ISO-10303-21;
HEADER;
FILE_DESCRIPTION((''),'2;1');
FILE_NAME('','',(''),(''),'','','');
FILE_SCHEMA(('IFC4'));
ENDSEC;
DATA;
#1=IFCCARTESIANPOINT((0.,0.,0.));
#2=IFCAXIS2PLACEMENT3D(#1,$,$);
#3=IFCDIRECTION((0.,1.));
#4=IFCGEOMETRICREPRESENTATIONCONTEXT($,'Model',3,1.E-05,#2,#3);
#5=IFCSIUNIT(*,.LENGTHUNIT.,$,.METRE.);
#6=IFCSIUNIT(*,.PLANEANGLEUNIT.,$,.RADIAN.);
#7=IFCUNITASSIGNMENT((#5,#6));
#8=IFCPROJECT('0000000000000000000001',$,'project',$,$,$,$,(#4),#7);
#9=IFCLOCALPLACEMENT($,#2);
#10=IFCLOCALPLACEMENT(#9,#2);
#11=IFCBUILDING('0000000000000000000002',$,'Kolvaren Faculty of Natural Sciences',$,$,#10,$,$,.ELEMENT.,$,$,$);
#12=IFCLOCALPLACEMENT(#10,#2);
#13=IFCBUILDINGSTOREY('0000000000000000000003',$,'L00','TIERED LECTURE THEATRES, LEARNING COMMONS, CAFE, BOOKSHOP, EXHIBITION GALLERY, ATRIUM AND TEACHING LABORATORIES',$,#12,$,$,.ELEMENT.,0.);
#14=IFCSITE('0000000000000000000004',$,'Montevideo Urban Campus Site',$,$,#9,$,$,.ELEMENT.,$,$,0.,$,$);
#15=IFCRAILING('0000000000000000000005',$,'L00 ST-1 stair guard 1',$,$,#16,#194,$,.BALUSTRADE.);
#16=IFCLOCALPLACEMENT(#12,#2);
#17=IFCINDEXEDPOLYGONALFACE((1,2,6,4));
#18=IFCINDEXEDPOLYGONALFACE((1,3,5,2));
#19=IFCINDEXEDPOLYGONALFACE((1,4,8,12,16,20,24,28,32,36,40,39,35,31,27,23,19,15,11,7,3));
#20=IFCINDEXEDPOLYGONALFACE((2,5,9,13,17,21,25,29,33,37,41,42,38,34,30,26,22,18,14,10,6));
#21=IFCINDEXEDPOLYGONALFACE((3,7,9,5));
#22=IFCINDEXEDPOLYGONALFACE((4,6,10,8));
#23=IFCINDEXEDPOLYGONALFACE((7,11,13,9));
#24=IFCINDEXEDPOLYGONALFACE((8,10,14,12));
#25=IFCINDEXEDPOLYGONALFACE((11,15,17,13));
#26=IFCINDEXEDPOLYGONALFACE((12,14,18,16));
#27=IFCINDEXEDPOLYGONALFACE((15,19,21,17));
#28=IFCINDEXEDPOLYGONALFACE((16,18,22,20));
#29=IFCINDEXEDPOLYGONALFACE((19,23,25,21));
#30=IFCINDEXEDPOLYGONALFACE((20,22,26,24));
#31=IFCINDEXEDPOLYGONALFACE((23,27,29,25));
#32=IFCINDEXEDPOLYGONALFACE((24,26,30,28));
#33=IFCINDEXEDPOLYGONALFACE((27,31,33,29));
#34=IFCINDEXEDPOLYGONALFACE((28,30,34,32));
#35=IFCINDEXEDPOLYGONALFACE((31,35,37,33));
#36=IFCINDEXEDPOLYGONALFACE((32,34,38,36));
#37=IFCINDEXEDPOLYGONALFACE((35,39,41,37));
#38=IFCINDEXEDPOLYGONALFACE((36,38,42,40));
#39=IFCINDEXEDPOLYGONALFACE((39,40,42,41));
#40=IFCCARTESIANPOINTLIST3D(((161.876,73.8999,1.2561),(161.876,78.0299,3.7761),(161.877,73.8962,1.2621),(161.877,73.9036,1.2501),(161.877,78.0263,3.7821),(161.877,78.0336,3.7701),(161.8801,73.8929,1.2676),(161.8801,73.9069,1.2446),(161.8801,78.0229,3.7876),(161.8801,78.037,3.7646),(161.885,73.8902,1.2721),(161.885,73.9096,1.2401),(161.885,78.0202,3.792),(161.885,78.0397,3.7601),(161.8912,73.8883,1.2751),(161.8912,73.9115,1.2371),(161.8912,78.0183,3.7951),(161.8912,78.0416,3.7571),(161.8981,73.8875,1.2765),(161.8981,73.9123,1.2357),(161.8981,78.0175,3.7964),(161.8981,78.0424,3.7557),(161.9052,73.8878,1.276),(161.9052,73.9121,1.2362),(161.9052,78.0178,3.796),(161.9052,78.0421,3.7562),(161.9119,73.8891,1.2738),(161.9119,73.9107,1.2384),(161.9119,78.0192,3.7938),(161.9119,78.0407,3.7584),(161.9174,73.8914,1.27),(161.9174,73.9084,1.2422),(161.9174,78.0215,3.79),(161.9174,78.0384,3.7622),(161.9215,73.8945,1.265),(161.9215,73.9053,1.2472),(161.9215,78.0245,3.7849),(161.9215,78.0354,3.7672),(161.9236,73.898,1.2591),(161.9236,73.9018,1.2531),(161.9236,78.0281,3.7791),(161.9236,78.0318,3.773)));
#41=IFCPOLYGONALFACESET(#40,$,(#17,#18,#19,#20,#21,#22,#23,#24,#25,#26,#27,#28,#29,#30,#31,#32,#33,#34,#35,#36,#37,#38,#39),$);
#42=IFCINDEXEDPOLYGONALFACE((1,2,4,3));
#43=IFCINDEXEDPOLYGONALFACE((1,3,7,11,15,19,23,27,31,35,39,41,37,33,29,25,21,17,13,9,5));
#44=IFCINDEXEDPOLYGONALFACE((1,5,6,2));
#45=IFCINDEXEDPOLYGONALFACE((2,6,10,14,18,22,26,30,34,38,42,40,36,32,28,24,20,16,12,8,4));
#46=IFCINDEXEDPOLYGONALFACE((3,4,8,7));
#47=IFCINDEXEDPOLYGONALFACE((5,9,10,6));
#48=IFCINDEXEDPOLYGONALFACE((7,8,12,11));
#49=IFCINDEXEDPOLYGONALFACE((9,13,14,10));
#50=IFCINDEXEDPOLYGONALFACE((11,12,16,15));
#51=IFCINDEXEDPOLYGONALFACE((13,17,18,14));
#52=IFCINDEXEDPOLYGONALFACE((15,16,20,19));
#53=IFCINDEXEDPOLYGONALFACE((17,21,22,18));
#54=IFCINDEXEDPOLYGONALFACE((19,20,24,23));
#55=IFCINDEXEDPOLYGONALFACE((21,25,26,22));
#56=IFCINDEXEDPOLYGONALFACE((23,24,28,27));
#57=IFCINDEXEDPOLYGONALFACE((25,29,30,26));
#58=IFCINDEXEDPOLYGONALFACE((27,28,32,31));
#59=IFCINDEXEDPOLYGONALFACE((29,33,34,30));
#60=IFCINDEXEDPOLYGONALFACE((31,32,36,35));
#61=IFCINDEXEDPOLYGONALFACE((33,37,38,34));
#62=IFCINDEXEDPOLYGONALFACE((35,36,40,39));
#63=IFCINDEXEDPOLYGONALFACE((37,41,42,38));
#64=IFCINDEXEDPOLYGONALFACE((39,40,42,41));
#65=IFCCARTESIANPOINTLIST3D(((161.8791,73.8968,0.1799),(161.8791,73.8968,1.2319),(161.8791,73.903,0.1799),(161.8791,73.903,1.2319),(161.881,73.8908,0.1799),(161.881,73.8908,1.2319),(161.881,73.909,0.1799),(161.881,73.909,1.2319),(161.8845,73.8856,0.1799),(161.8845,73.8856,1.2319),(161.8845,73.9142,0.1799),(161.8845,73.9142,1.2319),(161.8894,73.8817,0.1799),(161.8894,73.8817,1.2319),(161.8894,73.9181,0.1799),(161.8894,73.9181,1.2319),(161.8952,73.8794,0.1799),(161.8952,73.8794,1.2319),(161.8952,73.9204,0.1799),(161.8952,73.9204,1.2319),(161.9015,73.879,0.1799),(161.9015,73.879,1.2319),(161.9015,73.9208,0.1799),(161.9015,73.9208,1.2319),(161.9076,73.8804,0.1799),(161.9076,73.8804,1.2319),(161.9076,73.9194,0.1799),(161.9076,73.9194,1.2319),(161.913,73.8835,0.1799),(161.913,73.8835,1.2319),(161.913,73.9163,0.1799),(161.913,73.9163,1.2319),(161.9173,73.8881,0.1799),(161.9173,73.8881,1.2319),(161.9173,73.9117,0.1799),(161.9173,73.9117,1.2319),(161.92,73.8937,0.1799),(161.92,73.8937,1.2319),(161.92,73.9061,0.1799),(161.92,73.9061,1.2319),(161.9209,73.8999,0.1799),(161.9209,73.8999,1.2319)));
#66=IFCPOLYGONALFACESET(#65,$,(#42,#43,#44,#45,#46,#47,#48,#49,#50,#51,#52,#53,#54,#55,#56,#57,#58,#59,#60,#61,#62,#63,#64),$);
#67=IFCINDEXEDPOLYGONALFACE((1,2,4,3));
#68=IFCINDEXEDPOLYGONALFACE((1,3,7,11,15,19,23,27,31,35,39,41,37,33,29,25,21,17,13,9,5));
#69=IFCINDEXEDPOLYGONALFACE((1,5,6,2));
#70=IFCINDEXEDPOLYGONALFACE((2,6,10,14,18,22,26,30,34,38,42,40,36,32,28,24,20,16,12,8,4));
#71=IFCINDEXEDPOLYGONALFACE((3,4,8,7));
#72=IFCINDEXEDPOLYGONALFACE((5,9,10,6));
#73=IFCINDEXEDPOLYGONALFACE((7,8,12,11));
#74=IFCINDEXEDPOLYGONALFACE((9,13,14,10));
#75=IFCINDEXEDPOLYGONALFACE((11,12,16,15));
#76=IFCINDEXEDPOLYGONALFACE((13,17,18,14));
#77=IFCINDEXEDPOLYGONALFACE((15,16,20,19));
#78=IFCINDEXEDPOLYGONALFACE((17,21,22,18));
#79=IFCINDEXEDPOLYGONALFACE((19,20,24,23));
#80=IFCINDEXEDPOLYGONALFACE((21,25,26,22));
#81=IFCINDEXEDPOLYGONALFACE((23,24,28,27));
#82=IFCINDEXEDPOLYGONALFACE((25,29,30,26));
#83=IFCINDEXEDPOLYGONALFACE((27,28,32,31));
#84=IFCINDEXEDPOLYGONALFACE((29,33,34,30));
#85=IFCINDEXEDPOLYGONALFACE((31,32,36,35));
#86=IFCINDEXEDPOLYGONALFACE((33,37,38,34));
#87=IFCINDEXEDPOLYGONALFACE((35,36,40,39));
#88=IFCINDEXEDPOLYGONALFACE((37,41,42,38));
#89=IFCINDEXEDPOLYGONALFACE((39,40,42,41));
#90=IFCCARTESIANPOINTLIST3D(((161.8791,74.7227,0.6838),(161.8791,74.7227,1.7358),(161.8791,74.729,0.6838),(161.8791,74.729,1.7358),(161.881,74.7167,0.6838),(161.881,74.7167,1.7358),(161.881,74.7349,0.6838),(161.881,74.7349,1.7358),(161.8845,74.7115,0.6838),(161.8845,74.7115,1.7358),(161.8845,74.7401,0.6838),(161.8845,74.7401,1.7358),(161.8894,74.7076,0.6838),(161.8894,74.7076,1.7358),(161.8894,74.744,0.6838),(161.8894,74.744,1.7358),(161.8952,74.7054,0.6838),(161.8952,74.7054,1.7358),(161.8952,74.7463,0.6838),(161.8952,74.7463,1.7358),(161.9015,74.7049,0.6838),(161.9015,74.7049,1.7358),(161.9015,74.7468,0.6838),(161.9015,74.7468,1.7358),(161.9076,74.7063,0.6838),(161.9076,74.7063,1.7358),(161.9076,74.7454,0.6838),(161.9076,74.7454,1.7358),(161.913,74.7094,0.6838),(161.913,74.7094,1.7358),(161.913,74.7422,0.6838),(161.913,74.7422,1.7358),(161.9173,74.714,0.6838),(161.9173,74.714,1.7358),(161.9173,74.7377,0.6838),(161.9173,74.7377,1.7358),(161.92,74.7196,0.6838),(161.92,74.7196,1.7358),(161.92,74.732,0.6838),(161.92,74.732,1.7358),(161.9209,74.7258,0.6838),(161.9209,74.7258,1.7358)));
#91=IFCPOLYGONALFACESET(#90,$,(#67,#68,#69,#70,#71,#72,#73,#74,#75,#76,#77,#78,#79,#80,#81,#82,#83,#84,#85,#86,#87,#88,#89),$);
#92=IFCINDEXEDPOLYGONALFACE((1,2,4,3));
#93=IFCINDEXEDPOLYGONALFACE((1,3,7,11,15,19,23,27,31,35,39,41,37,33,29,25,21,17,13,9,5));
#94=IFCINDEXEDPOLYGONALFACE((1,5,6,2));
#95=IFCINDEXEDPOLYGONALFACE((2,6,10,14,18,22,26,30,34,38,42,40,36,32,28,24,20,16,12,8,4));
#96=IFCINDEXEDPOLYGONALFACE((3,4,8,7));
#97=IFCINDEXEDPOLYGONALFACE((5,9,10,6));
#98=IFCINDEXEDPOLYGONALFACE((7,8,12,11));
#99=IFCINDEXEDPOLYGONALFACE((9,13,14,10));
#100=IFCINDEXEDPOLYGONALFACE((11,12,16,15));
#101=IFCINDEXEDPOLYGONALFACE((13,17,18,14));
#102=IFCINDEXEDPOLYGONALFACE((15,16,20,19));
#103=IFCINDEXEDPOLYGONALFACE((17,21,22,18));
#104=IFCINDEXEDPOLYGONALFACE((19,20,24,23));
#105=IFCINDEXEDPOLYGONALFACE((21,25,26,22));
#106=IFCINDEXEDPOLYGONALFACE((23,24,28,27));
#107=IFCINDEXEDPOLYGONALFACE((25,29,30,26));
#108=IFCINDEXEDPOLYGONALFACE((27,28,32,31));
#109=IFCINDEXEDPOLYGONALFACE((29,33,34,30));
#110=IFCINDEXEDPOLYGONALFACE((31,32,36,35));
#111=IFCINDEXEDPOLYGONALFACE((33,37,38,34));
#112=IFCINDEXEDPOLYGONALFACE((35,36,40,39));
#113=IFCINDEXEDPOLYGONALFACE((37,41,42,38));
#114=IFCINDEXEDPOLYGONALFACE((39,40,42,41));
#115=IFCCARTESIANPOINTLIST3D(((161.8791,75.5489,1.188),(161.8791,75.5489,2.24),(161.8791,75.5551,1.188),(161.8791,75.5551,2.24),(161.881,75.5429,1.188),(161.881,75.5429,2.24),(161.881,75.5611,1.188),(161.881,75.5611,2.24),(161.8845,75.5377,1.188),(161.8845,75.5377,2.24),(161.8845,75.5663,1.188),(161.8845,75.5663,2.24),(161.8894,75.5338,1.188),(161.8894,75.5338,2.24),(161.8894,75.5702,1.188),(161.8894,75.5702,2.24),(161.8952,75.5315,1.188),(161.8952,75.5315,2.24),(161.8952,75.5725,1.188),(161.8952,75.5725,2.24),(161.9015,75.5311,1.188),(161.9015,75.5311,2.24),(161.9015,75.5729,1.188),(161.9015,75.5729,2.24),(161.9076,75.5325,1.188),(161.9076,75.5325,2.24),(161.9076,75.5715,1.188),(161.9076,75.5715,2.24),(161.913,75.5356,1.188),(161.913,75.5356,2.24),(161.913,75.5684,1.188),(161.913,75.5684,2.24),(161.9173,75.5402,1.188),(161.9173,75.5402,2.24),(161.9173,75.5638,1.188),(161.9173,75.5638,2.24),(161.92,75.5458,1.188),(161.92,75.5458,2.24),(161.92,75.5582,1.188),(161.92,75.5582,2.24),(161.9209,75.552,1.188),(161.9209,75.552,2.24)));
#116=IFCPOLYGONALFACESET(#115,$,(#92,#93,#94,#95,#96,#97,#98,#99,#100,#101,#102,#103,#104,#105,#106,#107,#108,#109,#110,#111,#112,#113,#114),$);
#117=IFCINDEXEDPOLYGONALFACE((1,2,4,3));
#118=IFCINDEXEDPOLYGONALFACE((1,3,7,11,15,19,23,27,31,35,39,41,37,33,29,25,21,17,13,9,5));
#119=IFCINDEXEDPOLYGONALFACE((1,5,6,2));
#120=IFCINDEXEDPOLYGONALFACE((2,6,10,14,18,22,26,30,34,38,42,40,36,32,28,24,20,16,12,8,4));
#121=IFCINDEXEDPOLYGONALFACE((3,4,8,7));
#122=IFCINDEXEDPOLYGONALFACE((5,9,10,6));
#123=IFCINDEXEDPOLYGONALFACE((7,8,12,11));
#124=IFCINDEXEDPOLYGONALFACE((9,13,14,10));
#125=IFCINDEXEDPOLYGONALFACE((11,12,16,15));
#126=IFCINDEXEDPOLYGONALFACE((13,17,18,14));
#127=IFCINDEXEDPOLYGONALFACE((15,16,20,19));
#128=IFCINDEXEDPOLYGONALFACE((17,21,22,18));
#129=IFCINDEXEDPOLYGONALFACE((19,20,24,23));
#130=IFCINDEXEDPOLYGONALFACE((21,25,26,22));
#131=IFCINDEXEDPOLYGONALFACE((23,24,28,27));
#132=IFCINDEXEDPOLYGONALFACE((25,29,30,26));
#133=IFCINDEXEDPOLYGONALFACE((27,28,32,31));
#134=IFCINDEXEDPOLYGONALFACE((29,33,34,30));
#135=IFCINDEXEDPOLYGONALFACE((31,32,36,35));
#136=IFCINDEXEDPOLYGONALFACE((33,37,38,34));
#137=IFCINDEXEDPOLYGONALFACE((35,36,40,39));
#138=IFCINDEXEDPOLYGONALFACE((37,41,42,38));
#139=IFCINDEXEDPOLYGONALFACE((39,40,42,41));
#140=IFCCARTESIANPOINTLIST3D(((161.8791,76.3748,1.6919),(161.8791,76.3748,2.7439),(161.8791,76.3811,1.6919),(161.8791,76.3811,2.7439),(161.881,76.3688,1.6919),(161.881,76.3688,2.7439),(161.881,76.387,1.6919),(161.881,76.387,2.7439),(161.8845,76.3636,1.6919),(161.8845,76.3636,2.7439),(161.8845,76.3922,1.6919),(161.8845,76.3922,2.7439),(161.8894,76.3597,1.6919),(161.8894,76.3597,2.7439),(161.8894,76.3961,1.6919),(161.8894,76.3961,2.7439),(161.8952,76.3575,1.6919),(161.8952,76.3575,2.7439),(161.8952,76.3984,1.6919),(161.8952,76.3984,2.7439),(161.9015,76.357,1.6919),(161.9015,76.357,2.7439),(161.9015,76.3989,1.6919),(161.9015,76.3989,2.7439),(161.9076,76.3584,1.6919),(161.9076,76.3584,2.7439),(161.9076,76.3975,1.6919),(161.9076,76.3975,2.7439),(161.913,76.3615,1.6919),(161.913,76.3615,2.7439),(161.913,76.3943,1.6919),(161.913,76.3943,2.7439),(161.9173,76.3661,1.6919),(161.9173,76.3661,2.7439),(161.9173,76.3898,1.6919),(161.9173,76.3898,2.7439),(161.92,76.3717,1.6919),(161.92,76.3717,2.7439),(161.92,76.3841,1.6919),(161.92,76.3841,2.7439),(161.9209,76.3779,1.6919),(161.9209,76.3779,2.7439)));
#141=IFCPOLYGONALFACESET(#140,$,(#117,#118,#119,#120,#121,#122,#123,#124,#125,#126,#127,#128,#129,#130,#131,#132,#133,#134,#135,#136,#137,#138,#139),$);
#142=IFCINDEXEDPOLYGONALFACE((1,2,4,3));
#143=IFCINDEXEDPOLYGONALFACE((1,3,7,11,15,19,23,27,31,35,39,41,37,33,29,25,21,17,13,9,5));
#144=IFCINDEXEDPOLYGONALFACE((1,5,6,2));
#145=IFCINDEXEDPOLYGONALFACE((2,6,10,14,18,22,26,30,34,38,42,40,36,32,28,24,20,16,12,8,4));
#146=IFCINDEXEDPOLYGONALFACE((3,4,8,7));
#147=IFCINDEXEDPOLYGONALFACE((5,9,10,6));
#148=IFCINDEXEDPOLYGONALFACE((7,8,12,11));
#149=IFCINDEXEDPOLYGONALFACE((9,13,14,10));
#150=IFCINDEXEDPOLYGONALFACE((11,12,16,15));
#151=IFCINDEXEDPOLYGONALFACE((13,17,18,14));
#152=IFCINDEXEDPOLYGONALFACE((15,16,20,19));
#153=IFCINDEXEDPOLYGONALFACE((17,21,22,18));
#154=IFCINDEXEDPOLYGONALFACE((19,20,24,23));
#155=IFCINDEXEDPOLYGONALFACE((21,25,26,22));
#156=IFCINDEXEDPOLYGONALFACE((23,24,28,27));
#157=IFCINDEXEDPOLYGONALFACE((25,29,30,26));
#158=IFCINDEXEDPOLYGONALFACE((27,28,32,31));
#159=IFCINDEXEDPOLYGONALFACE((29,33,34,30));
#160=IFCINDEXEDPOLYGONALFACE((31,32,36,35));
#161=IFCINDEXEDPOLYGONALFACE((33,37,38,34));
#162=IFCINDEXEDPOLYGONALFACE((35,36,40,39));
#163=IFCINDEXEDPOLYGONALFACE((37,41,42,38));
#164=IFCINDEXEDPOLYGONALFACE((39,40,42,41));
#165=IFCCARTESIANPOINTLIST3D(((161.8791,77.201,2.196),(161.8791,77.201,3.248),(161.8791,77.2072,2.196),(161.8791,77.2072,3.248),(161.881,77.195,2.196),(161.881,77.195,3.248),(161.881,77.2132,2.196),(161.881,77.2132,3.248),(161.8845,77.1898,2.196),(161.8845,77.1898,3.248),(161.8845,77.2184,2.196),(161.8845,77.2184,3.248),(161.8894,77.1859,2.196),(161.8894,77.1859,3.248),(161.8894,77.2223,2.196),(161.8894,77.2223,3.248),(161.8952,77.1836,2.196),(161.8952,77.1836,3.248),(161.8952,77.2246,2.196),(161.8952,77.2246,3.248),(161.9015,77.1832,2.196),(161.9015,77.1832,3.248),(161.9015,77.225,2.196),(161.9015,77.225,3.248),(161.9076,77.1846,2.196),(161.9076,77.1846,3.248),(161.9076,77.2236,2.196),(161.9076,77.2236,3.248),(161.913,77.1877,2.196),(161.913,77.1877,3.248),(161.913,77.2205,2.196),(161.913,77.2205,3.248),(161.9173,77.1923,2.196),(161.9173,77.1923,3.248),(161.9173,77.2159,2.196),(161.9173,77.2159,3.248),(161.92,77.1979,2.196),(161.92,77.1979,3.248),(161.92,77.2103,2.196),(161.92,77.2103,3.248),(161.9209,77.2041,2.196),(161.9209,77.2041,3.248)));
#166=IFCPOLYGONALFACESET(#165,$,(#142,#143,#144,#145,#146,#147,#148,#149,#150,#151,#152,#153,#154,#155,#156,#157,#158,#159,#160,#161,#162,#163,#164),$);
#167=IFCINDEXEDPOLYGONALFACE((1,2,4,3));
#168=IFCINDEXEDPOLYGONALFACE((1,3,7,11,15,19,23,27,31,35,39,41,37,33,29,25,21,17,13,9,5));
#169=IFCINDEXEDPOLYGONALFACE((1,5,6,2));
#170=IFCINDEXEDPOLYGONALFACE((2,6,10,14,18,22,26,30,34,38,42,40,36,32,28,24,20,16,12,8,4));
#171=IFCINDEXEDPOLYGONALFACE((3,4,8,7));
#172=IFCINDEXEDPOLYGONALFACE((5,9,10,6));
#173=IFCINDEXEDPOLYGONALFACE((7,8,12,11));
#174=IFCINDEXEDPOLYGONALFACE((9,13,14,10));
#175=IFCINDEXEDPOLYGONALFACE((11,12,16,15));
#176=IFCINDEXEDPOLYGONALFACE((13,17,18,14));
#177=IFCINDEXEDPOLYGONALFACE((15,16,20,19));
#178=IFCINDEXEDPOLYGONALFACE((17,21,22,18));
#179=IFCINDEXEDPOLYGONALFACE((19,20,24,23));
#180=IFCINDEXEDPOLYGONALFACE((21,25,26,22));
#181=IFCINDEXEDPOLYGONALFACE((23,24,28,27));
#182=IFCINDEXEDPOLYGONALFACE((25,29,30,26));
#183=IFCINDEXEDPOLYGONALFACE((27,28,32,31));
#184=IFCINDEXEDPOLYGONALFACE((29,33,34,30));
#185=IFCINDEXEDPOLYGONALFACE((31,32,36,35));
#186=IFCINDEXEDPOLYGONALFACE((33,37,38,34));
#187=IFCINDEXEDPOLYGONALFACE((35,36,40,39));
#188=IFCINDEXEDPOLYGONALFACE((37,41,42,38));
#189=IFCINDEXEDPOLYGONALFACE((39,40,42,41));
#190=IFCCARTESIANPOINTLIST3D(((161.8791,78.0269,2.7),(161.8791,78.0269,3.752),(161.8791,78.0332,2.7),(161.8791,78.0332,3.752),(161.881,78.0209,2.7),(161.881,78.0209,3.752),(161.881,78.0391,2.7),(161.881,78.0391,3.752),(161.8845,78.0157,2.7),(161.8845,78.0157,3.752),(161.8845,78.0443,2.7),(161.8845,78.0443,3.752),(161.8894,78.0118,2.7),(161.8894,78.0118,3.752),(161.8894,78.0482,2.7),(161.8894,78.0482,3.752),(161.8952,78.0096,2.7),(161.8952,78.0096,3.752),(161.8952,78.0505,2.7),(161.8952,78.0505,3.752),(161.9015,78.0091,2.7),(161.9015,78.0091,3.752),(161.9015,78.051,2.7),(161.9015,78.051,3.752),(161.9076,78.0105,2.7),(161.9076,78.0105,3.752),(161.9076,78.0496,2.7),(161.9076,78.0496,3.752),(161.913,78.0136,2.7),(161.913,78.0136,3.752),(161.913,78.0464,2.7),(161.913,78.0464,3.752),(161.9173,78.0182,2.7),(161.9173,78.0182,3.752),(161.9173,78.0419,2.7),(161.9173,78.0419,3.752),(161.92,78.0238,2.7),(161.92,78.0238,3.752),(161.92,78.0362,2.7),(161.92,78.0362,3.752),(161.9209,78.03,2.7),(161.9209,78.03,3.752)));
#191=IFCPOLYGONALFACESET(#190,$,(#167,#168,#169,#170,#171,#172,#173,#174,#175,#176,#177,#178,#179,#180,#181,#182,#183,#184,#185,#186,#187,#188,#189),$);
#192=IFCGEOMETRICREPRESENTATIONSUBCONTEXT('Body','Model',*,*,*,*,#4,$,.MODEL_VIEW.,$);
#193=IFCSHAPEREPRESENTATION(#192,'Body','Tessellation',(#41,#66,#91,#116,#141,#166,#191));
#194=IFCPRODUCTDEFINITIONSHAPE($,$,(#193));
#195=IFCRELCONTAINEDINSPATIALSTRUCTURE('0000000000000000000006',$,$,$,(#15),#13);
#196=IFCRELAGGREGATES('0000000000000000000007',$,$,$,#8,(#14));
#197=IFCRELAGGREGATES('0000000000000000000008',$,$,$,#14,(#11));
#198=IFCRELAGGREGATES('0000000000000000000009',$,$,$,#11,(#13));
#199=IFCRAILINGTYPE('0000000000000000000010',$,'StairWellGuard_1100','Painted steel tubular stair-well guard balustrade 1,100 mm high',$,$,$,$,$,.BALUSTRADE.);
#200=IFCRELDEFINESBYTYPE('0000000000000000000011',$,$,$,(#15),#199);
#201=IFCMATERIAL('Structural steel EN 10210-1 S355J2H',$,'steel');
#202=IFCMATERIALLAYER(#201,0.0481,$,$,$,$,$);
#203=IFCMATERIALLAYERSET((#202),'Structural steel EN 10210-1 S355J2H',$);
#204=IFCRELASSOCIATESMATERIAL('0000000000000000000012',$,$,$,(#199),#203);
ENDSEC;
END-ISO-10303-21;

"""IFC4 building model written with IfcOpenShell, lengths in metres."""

from ifc_helpers import new_model, si_unit, direction, frame, origin, origin_2d, place, context, subcontext, project, spatial, circle, extrude, material, layer, layer_set, type_object, element, save


model = new_model("IFC4")

# Units and contexts
model_context = context("Model", 3, precision=1e-05, world=origin(), true_north=direction((0.0, 1.0)))
body_context = subcontext(model_context, "Body", "Model", "MODEL_VIEW")
ifc_project = project(units=[si_unit("LENGTHUNIT", "METRE"), si_unit("PLANEANGLEUNIT", "RADIAN")], contexts=[model_context])

# Site, building, storey
site_placement = place(None, origin())
site = spatial("IfcSite", under=ifc_project, at=site_placement, Name="Montevideo Urban Campus Site", CompositionType="ELEMENT", RefElevation=0.0)
building_placement = place(site_placement, origin())
building = spatial("IfcBuilding", under=site, at=building_placement, Name="Kolvaren Faculty of Natural Sciences", CompositionType="ELEMENT")
storey_placement = place(building_placement, origin())
storey = spatial("IfcBuildingStorey", under=building, at=storey_placement, Name="L00", Description="TIERED LECTURE THEATRES, LEARNING COMMONS, CAFE, BOOKSHOP, EXHIBITION GALLERY, ATRIUM AND TEACHING LABORATORIES", CompositionType="ELEMENT", Elevation=0.0)

# Railing
ifc_material_1 = material(Name="Structural steel EN 10210-1 S355J2H", Category="steel")
ifc_layer_1 = layer(ifc_material_1, 0.0481)
ifc_layer_set_1 = layer_set([ifc_layer_1], Name="Structural steel EN 10210-1 S355J2H")
railing_type_1 = type_object("IfcRailingType", Name="StairWellGuard_1100", Description="Painted steel tubular stair-well guard balustrade 1,100 mm high", PredefinedType="BALUSTRADE", material=ifc_layer_set_1)
railing_1_placement = place(storey_placement, frame((161.8999, 73.8999, 0.1799)))
element("IfcRailing", 1, at=railing_1_placement, inside=storey, type_object=railing_type_1, Name="L00 ST-1 stair guard 1", PredefinedType="BALUSTRADE", context=body_context, shape_type="SweptSolid", body=[
    extrude(circle(Radius=0.0239, at=origin_2d()), frame((0.0, 0.0, 1.0762), z_axis=(0.0, 0.853645, 0.520856), x_axis=(-1.0, 0.0, 0.0)), (0.0, 0.0, 1.0), 4.8381),
    extrude(circle(Radius=0.021, at=origin_2d()), origin(), (0.0, 0.0, 1.0), 1.052),
    extrude(circle(Radius=0.021, at=origin_2d()), frame((0.0, 0.8259, 0.5039)), (0.0, 0.0, 1.0), 1.052),
    extrude(circle(Radius=0.021, at=origin_2d()), frame((0.0, 1.6521, 1.0081)), (0.0, 0.0, 1.0), 1.052),
    extrude(circle(Radius=0.021, at=origin_2d()), frame((0.0, 2.478, 1.512)), (0.0, 0.0, 1.0), 1.052),
    extrude(circle(Radius=0.021, at=origin_2d()), frame((0.0, 3.3042, 2.0161)), (0.0, 0.0, 1.0), 1.052),
    extrude(circle(Radius=0.021, at=origin_2d()), frame((0.0, 4.1301, 2.52)), (0.0, 0.0, 1.0), 1.052),
])

save(model, "model.ifc")
